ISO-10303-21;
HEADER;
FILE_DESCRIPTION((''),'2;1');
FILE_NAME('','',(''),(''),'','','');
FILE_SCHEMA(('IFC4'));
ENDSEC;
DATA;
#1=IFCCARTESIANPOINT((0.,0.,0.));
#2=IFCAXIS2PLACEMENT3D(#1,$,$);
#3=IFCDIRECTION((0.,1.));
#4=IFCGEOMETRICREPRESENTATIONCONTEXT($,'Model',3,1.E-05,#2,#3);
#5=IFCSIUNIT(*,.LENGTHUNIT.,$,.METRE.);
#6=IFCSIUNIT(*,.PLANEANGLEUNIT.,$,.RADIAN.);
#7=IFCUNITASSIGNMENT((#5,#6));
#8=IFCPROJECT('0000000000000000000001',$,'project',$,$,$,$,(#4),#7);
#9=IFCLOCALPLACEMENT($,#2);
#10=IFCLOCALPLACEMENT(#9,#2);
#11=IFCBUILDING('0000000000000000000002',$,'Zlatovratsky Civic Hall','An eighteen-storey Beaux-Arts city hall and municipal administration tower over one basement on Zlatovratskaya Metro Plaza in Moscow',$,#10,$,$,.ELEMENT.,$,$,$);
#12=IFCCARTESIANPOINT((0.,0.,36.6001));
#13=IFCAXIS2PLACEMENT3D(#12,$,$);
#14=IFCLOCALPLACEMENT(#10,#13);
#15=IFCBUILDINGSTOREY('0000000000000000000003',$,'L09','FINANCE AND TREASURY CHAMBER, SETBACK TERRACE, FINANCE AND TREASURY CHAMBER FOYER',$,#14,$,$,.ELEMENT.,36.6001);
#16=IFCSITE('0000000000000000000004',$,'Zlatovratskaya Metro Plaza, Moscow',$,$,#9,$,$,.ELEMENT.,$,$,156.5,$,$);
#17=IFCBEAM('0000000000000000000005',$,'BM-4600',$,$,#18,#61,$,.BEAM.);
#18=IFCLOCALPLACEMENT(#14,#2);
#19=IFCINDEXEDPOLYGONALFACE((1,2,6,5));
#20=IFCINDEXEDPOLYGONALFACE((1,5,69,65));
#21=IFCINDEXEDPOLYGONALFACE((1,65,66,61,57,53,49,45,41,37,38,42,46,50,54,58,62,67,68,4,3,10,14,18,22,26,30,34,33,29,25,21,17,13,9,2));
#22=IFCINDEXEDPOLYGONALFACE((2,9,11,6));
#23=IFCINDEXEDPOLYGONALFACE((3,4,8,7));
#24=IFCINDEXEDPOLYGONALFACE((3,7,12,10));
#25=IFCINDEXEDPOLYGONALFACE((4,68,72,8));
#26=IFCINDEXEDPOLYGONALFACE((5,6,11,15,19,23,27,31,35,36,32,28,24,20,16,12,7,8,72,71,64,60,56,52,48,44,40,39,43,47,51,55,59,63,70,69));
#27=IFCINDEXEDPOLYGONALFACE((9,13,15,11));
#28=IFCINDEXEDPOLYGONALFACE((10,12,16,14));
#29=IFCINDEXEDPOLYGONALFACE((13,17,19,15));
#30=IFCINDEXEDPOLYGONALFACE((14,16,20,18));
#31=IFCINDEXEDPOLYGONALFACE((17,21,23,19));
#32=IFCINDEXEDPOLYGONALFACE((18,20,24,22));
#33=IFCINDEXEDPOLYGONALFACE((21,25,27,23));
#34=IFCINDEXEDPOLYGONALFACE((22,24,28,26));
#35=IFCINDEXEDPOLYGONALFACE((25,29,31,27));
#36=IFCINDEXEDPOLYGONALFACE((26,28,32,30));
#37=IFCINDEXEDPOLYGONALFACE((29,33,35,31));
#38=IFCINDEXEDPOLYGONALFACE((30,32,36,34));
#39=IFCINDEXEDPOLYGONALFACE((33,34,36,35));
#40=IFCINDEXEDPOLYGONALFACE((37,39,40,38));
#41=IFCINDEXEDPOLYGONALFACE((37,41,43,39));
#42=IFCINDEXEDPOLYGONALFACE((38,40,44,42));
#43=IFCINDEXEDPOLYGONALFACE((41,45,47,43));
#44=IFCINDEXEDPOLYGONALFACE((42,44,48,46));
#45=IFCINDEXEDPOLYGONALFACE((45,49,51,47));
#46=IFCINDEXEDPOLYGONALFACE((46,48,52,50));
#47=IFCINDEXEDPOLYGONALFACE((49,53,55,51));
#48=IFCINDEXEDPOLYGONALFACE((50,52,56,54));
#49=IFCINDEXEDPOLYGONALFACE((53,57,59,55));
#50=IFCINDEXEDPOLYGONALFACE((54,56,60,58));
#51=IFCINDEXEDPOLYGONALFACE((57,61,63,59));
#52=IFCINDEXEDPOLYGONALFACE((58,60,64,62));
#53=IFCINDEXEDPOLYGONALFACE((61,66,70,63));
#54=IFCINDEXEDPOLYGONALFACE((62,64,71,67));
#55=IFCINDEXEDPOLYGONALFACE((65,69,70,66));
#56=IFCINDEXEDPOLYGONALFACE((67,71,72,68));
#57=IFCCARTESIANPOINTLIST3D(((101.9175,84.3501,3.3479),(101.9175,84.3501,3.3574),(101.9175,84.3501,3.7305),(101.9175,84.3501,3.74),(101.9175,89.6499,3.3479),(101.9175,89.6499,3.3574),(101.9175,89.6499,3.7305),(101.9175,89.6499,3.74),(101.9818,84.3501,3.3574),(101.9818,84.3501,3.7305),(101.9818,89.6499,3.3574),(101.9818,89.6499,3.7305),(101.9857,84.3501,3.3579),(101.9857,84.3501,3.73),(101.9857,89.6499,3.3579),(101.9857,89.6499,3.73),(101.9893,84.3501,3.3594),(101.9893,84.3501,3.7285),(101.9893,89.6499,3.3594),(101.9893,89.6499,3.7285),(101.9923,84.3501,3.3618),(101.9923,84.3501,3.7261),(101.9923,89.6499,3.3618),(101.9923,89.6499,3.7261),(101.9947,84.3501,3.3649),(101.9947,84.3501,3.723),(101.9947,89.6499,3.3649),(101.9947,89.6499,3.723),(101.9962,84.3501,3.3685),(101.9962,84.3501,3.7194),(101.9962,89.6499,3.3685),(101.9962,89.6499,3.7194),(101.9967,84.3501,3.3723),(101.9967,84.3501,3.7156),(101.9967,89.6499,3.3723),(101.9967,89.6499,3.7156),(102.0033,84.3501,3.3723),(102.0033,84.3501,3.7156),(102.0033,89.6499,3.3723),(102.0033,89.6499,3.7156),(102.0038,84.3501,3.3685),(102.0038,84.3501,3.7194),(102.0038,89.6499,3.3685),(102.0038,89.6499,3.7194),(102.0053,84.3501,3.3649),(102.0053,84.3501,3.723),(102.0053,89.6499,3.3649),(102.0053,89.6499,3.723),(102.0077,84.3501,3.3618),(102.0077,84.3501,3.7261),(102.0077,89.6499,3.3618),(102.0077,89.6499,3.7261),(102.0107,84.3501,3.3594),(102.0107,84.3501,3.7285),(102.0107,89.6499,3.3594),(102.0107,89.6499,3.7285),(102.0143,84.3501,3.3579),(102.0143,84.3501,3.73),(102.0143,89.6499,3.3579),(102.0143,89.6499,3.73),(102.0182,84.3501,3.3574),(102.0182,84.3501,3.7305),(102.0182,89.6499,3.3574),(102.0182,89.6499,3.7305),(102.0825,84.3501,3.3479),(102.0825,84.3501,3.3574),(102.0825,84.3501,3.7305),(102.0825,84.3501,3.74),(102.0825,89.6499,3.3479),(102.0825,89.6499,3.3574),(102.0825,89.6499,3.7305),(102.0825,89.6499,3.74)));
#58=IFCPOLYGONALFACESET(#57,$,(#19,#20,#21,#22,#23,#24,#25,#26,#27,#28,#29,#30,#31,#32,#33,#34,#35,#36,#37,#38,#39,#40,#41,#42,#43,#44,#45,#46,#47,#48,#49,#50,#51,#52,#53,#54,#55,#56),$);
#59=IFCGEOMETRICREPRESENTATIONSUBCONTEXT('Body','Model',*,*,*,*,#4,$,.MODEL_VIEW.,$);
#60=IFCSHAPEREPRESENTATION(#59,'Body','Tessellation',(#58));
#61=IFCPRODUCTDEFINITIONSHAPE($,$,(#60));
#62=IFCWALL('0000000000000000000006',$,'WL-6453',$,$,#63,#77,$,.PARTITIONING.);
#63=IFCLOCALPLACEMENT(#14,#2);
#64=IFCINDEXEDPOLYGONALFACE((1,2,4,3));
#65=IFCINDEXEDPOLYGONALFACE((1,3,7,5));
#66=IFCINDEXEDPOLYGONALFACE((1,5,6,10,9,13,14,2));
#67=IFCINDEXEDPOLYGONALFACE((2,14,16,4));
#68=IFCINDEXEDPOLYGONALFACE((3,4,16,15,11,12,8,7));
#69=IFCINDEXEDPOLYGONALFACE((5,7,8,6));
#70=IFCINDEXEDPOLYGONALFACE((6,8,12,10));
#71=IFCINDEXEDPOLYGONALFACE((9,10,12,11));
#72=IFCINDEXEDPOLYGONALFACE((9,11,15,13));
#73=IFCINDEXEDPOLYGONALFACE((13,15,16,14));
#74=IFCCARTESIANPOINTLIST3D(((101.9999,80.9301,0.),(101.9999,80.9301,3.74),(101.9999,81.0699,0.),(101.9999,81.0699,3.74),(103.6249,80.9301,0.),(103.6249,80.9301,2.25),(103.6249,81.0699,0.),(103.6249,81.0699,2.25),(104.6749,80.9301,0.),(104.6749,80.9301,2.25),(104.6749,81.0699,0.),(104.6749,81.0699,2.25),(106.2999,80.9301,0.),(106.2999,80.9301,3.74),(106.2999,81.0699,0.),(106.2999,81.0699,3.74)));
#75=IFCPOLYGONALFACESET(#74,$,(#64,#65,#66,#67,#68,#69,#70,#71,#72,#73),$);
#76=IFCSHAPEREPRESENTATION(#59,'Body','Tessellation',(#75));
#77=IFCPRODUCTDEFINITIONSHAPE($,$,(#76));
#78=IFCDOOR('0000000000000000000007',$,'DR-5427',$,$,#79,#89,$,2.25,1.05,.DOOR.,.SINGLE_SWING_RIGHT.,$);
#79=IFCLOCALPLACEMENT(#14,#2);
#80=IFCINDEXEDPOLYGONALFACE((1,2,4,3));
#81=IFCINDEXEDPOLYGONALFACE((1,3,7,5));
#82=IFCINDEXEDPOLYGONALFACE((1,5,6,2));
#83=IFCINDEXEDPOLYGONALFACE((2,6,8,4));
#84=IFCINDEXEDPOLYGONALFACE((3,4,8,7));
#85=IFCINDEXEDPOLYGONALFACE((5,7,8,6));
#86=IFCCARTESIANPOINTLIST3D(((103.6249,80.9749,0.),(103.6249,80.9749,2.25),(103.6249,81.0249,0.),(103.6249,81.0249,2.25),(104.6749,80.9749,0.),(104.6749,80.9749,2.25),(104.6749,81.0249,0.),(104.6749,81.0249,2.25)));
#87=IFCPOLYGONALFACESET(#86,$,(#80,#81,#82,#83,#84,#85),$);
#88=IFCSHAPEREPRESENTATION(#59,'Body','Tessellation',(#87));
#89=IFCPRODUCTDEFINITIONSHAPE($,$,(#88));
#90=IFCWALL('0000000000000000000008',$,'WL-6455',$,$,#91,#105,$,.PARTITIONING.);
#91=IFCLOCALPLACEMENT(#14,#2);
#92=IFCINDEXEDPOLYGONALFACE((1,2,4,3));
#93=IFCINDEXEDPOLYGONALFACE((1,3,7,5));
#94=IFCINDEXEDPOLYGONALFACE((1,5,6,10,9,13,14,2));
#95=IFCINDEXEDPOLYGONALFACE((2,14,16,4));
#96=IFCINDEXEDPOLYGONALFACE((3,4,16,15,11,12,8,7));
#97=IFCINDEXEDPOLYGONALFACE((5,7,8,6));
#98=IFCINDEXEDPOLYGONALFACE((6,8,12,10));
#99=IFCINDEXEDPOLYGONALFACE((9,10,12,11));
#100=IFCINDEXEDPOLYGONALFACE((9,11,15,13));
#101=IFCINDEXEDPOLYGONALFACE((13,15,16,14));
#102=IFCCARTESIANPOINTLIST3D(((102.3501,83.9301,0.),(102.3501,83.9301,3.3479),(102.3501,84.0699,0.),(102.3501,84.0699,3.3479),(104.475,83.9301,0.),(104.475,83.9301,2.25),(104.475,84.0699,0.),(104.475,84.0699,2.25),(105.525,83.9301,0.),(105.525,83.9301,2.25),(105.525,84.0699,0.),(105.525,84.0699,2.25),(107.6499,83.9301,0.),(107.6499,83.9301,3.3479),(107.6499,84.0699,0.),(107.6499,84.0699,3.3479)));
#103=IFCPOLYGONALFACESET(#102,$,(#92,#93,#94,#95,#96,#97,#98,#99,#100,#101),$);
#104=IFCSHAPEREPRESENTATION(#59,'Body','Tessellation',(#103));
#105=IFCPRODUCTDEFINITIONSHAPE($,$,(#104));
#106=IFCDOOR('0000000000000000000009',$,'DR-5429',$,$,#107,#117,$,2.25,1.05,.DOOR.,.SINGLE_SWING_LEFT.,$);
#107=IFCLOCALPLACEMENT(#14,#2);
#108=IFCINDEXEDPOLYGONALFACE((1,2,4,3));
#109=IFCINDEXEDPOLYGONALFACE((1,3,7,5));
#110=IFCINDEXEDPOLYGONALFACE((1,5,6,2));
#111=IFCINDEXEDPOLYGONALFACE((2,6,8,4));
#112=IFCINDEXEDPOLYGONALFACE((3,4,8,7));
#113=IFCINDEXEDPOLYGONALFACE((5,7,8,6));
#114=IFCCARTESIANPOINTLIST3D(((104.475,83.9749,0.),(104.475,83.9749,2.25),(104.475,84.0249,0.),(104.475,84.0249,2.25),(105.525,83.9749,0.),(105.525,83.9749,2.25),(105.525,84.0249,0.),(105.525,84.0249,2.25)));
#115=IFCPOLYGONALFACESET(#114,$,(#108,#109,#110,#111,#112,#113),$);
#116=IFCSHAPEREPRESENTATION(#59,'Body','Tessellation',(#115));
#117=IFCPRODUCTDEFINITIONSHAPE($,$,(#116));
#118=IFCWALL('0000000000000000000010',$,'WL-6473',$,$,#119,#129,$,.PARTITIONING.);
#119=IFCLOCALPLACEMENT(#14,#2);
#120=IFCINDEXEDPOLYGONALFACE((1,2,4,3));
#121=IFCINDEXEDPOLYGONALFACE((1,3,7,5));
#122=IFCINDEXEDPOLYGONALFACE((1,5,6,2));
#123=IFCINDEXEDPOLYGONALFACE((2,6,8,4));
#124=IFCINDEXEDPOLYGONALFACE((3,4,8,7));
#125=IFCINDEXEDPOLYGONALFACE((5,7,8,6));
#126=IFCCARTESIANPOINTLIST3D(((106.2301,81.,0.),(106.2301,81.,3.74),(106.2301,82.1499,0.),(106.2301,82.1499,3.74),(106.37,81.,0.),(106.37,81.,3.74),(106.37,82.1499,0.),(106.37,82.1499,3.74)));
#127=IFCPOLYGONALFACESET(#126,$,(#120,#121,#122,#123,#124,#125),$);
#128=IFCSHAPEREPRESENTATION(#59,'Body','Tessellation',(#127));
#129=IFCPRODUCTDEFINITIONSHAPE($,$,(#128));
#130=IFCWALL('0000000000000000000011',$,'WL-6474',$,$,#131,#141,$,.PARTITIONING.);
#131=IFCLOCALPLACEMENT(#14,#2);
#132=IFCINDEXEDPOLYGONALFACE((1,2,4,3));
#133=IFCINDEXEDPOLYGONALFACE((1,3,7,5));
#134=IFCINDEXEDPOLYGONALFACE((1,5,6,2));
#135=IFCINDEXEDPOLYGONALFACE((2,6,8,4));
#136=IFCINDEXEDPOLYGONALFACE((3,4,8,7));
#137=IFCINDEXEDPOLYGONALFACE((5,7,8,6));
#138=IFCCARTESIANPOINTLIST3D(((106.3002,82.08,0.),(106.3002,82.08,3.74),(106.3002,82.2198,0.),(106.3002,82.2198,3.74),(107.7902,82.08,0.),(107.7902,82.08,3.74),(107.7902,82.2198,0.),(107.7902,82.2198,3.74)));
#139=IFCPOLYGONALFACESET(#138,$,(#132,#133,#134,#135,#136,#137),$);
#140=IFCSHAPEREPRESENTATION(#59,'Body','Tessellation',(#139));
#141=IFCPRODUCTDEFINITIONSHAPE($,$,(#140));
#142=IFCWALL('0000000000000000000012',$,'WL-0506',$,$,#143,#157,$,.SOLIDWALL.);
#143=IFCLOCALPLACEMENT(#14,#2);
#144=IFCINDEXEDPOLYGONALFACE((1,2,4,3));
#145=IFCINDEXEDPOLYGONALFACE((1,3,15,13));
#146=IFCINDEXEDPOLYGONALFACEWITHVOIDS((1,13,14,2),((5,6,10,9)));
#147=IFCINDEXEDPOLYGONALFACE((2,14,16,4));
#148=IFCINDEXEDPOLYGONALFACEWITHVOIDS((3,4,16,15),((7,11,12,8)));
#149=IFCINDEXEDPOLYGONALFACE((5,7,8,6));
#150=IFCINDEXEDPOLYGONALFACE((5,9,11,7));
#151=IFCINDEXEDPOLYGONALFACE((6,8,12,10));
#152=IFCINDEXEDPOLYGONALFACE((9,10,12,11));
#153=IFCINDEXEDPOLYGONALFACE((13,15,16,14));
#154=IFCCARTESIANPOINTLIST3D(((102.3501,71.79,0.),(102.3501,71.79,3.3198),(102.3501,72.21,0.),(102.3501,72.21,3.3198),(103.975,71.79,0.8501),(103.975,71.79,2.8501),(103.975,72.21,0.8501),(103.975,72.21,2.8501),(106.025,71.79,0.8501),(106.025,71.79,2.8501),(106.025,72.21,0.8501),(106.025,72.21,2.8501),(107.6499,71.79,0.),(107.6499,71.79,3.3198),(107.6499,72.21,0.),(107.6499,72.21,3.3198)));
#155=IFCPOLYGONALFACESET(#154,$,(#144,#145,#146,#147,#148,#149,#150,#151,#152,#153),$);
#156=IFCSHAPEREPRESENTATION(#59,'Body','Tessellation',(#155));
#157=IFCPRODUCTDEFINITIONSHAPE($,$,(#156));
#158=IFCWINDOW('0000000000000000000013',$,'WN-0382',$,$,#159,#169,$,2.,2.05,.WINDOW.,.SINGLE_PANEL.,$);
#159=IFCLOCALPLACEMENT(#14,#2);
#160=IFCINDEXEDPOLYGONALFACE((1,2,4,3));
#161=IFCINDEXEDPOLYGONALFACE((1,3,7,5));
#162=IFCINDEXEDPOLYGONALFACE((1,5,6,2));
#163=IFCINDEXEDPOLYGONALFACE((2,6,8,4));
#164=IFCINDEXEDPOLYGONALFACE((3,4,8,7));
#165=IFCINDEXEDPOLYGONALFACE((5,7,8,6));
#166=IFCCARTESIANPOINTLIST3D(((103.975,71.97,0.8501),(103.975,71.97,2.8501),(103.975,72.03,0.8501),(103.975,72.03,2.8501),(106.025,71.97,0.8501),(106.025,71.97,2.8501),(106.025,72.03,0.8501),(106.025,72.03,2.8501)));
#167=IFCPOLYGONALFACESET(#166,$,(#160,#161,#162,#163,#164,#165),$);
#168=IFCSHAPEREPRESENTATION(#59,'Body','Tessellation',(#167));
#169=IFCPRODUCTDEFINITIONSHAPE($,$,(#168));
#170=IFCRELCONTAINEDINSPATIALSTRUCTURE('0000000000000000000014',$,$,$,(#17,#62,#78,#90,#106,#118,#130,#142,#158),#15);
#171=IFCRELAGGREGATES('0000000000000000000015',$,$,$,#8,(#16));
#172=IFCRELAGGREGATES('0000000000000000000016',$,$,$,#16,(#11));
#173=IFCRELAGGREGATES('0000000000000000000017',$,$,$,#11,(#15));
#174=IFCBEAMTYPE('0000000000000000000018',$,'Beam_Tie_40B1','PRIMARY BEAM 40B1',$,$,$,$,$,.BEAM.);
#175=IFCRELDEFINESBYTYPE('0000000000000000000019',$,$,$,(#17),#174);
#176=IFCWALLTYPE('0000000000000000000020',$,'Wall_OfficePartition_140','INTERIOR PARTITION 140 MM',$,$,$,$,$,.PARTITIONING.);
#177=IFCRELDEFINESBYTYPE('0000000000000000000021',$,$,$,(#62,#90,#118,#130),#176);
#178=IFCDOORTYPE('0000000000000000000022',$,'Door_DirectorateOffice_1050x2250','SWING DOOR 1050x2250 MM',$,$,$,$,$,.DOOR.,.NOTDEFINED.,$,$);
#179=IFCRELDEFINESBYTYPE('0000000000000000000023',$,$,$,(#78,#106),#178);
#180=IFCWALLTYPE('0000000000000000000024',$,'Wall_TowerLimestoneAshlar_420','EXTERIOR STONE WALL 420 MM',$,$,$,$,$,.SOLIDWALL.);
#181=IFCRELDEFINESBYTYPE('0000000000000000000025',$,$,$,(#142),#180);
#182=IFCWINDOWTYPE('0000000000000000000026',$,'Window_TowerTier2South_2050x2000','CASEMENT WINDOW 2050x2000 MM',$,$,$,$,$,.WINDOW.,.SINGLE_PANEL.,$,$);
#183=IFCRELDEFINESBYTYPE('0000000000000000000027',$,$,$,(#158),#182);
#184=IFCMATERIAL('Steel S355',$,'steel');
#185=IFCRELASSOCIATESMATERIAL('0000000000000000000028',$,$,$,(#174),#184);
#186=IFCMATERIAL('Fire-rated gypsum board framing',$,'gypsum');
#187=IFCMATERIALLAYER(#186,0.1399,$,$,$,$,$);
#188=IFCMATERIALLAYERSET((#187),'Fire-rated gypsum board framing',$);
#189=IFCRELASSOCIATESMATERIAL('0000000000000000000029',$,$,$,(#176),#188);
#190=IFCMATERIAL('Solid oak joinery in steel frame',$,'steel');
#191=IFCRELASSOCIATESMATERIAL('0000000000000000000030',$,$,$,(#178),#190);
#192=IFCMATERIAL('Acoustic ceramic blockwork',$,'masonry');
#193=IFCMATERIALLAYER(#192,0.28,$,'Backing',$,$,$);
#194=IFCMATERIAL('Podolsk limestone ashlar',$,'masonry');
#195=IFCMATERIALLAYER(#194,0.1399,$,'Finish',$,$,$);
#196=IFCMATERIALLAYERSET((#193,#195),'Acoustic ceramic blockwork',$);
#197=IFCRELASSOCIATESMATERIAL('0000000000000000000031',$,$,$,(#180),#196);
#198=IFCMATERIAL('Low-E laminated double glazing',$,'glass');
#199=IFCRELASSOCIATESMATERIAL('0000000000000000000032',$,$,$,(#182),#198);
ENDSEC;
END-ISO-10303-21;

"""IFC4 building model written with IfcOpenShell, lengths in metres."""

from ifc_helpers import new_model, si_unit, direction, frame, frame_2d, origin, origin_2d, place, context, subcontext, project, spatial, rectangle, i_section, extrude, material, layer, layer_set, material_profile, profile_set, type_object, element, fill, save


model = new_model("IFC4")

# Units and contexts
model_context = context("Model", 3, precision=1e-05, world=origin(), true_north=direction((0.0, 1.0)))
body_context = subcontext(model_context, "Body", "Model", "MODEL_VIEW")
ifc_project = project(units=[si_unit("LENGTHUNIT", "METRE"), si_unit("PLANEANGLEUNIT", "RADIAN")], contexts=[model_context])

# Site, building, storey
site_placement = place(None, origin())
site = spatial("IfcSite", under=ifc_project, at=site_placement, Name="Zlatovratskaya Metro Plaza, Moscow", CompositionType="ELEMENT", RefElevation=156.5)
building_placement = place(site_placement, origin())
building = spatial("IfcBuilding", under=site, at=building_placement, Name="Zlatovratsky Civic Hall", Description="An eighteen-storey Beaux-Arts city hall and municipal administration tower over one basement on Zlatovratskaya Metro Plaza in Moscow", CompositionType="ELEMENT")
storey_placement = place(building_placement, frame((0.0, 0.0, 36.6001)))
storey = spatial("IfcBuildingStorey", under=building, at=storey_placement, Name="L09", Description="FINANCE AND TREASURY CHAMBER, SETBACK TERRACE, FINANCE AND TREASURY CHAMBER FOYER", CompositionType="ELEMENT", Elevation=36.6001)

# Beam
ifc_material_1 = material(Name="Steel S355", Category="steel")
ifc_material_profile_1 = material_profile(ifc_material_1, i_section(OverallWidth=0.165, OverallDepth=0.3921, WebThickness=0.0066, FlangeThickness=0.0095, FilletRadius=0.0149, at=origin_2d()), Name="40B1")
ifc_profile_set_1 = profile_set([ifc_material_profile_1], Name="Steel S355")
beam_type_1 = type_object("IfcBeamType", Name="Beam_Tie_40B1", Description="PRIMARY BEAM 40B1", PredefinedType="BEAM", material=ifc_profile_set_1)
beam_1_placement = place(storey_placement, frame((102.0, 84.3501, 3.5439), z_axis=(0.0, 1.0, 0.0), x_axis=(-1.0, 0.0, 0.0)))
element("IfcBeam", 1, at=beam_1_placement, inside=storey, type_object=beam_type_1, Name="BM-4600", PredefinedType="BEAM", context=body_context, shape_type="SweptSolid", body=[
    extrude(i_section(OverallWidth=0.165, OverallDepth=0.3921, WebThickness=0.0066, FlangeThickness=0.0095, FilletRadius=0.0149, at=origin_2d()), origin(), (0.0, 0.0, 1.0), 5.2998),
])

# Walls, openings, doors
ifc_material_2 = material(Name="Fire-rated gypsum board framing", Category="gypsum")
ifc_layer_1 = layer(ifc_material_2, 0.1399)
ifc_layer_set_1 = layer_set([ifc_layer_1], Name="Fire-rated gypsum board framing")
wall_type_1 = type_object("IfcWallType", Name="Wall_OfficePartition_140", Description="INTERIOR PARTITION 140 MM", PredefinedType="PARTITIONING", material=ifc_layer_set_1)
wall_1_placement = place(storey_placement, frame((102.0, 81.0, 0.0), z_axis=(0.0, 0.0, 1.0), x_axis=(1.0, 0.0, 0.0)))
wall_1 = element("IfcWall", 2, at=wall_1_placement, inside=storey, type_object=wall_type_1, Name="WL-6453", PredefinedType="PARTITIONING", context=body_context, shape_type="SweptSolid", body=[
    extrude(rectangle(XDim=4.3, YDim=0.1399, at=frame_2d((2.1499, 0.0))), origin(), (0.0, 0.0, 1.0), 3.74),
])
opening_1_placement = place(wall_1_placement, frame((1.625, 0.0, 0.0)))
opening_1 = element("IfcOpeningElement", 3, at=opening_1_placement, cuts=wall_1, PredefinedType="OPENING", context=body_context, shape_type="SweptSolid", body=[
    extrude(rectangle(XDim=1.05, YDim=2.25, at=frame_2d((0.5249, 1.125))), frame((0.0, 0.085, 0.0), z_axis=(0.0, -1.0, 0.0), x_axis=(1.0, 0.0, 0.0)), (0.0, 0.0, 1.0), 0.1697),
])
ifc_material_3 = material(Name="Solid oak joinery in steel frame", Category="steel")
door_type = type_object("IfcDoorType", Name="Door_DirectorateOffice_1050x2250", Description="SWING DOOR 1050x2250 MM", OperationType="NOTDEFINED", PredefinedType="DOOR", material=ifc_material_3)
door_1_placement = place(opening_1_placement, origin())
door_1 = element("IfcDoor", 4, at=door_1_placement, inside=storey, type_object=door_type, Name="DR-5427", OperationType="SINGLE_SWING_RIGHT", OverallHeight=2.25, OverallWidth=1.05, PredefinedType="DOOR", context=body_context, shape_type="SweptSolid", body=[
    extrude(rectangle(XDim=1.05, YDim=2.25, at=frame_2d((0.5249, 1.125))), frame((0.0, 0.0249, 0.0), z_axis=(0.0, -1.0, 0.0), x_axis=(1.0, 0.0, 0.0)), (0.0, 0.0, 1.0), 0.05),
])
fill(opening_1, door_1)
wall_2_placement = place(storey_placement, frame((102.3501, 84.0, 0.0), z_axis=(0.0, 0.0, 1.0), x_axis=(1.0, 0.0, 0.0)))
wall_2 = element("IfcWall", 5, at=wall_2_placement, inside=storey, type_object=wall_type_1, Name="WL-6455", PredefinedType="PARTITIONING", context=body_context, shape_type="SweptSolid", body=[
    extrude(rectangle(XDim=5.2998, YDim=0.1399, at=frame_2d((2.6499, 0.0))), origin(), (0.0, 0.0, 1.0), 3.3479),
])
opening_2_placement = place(wall_2_placement, frame((2.125, 0.0, 0.0)))
opening_2 = element("IfcOpeningElement", 6, at=opening_2_placement, cuts=wall_2, PredefinedType="OPENING", context=body_context, shape_type="SweptSolid", body=[
    extrude(rectangle(XDim=1.05, YDim=2.25, at=frame_2d((0.5249, 1.125))), frame((0.0, 0.085, 0.0), z_axis=(0.0, -1.0, 0.0), x_axis=(1.0, 0.0, 0.0)), (0.0, 0.0, 1.0), 0.1697),
])
door_2_placement = place(opening_2_placement, origin())
door_2 = element("IfcDoor", 7, at=door_2_placement, inside=storey, type_object=door_type, Name="DR-5429", OperationType="SINGLE_SWING_LEFT", OverallHeight=2.25, OverallWidth=1.05, PredefinedType="DOOR", context=body_context, shape_type="SweptSolid", body=[
    extrude(rectangle(XDim=1.05, YDim=2.25, at=frame_2d((0.5249, 1.125))), frame((0.0, 0.0249, 0.0), z_axis=(0.0, -1.0, 0.0), x_axis=(1.0, 0.0, 0.0)), (0.0, 0.0, 1.0), 0.05),
])
fill(opening_2, door_2)

# Walls
wall_3_placement = place(storey_placement, frame((106.3, 81.0, 0.0), z_axis=(0.0, 0.0, 1.0), x_axis=(0.0, 1.0, 0.0)))
element("IfcWall", 8, at=wall_3_placement, inside=storey, type_object=wall_type_1, Name="WL-6473", PredefinedType="PARTITIONING", context=body_context, shape_type="SweptSolid", body=[
    extrude(rectangle(XDim=1.1499, YDim=0.1399, at=frame_2d((0.575, 0.0))), origin(), (0.0, 0.0, 1.0), 3.74),
])
wall_4_placement = place(storey_placement, frame((106.3, 82.1499, 0.0), z_axis=(0.0, 0.0, 1.0), x_axis=(1.0, 0.0, 0.0)))
element("IfcWall", 9, at=wall_4_placement, inside=storey, type_object=wall_type_1, Name="WL-6474", PredefinedType="PARTITIONING", context=body_context, shape_type="SweptSolid", body=[
    extrude(rectangle(XDim=1.49, YDim=0.1399, at=frame_2d((0.7451, 0.0))), origin(), (0.0, 0.0, 1.0), 3.74),
])

# Wall, opening, window
ifc_material_4 = material(Name="Acoustic ceramic blockwork", Category="masonry")
ifc_layer_2 = layer(ifc_material_4, 0.28, Name="Backing")
ifc_material_5 = material(Name="Podolsk limestone ashlar", Category="masonry")
ifc_layer_3 = layer(ifc_material_5, 0.1399, Name="Finish")
ifc_layer_set_2 = layer_set([ifc_layer_2, ifc_layer_3], Name="Acoustic ceramic blockwork")
wall_type_2 = type_object("IfcWallType", Name="Wall_TowerLimestoneAshlar_420", Description="EXTERIOR STONE WALL 420 MM", PredefinedType="SOLIDWALL", material=ifc_layer_set_2)
wall_5_placement = place(storey_placement, frame((102.3501, 72.0, 0.0), z_axis=(0.0, 0.0, 1.0), x_axis=(1.0, 0.0, 0.0)))
wall_5 = element("IfcWall", 10, at=wall_5_placement, inside=storey, type_object=wall_type_2, Name="WL-0506", PredefinedType="SOLIDWALL", context=body_context, shape_type="SweptSolid", body=[
    extrude(rectangle(XDim=5.2998, YDim=0.4199, at=frame_2d((2.6499, 0.0))), origin(), (0.0, 0.0, 1.0), 3.3198),
])
opening_3_placement = place(wall_5_placement, frame((1.625, 0.0, 0.8501)))
opening_3 = element("IfcOpeningElement", 11, at=opening_3_placement, cuts=wall_5, PredefinedType="OPENING", context=body_context, shape_type="SweptSolid", body=[
    extrude(rectangle(XDim=2.05, YDim=2.0, at=frame_2d((1.0249, 1.0))), frame((0.0, 0.2249, 0.0), z_axis=(0.0, -1.0, 0.0), x_axis=(1.0, 0.0, 0.0)), (0.0, 0.0, 1.0), 0.4497),
])
ifc_material_6 = material(Name="Low-E laminated double glazing", Category="glass")
window_type_1 = type_object("IfcWindowType", Name="Window_TowerTier2South_2050x2000", Description="CASEMENT WINDOW 2050x2000 MM", PartitioningType="SINGLE_PANEL", PredefinedType="WINDOW", material=ifc_material_6)
window_1_placement = place(opening_3_placement, origin())
window_1 = element("IfcWindow", 12, at=window_1_placement, inside=storey, type_object=window_type_1, Name="WN-0382", OverallHeight=2.0, OverallWidth=2.05, PartitioningType="SINGLE_PANEL", PredefinedType="WINDOW", context=body_context, shape_type="SweptSolid", body=[
    extrude(rectangle(XDim=2.05, YDim=2.0, at=frame_2d((1.0249, 1.0))), frame((0.0, 0.03, 0.0), z_axis=(0.0, -1.0, 0.0), x_axis=(1.0, 0.0, 0.0)), (0.0, 0.0, 1.0), 0.0601),
])
fill(opening_3, window_1)

save(model, "model.ifc")
